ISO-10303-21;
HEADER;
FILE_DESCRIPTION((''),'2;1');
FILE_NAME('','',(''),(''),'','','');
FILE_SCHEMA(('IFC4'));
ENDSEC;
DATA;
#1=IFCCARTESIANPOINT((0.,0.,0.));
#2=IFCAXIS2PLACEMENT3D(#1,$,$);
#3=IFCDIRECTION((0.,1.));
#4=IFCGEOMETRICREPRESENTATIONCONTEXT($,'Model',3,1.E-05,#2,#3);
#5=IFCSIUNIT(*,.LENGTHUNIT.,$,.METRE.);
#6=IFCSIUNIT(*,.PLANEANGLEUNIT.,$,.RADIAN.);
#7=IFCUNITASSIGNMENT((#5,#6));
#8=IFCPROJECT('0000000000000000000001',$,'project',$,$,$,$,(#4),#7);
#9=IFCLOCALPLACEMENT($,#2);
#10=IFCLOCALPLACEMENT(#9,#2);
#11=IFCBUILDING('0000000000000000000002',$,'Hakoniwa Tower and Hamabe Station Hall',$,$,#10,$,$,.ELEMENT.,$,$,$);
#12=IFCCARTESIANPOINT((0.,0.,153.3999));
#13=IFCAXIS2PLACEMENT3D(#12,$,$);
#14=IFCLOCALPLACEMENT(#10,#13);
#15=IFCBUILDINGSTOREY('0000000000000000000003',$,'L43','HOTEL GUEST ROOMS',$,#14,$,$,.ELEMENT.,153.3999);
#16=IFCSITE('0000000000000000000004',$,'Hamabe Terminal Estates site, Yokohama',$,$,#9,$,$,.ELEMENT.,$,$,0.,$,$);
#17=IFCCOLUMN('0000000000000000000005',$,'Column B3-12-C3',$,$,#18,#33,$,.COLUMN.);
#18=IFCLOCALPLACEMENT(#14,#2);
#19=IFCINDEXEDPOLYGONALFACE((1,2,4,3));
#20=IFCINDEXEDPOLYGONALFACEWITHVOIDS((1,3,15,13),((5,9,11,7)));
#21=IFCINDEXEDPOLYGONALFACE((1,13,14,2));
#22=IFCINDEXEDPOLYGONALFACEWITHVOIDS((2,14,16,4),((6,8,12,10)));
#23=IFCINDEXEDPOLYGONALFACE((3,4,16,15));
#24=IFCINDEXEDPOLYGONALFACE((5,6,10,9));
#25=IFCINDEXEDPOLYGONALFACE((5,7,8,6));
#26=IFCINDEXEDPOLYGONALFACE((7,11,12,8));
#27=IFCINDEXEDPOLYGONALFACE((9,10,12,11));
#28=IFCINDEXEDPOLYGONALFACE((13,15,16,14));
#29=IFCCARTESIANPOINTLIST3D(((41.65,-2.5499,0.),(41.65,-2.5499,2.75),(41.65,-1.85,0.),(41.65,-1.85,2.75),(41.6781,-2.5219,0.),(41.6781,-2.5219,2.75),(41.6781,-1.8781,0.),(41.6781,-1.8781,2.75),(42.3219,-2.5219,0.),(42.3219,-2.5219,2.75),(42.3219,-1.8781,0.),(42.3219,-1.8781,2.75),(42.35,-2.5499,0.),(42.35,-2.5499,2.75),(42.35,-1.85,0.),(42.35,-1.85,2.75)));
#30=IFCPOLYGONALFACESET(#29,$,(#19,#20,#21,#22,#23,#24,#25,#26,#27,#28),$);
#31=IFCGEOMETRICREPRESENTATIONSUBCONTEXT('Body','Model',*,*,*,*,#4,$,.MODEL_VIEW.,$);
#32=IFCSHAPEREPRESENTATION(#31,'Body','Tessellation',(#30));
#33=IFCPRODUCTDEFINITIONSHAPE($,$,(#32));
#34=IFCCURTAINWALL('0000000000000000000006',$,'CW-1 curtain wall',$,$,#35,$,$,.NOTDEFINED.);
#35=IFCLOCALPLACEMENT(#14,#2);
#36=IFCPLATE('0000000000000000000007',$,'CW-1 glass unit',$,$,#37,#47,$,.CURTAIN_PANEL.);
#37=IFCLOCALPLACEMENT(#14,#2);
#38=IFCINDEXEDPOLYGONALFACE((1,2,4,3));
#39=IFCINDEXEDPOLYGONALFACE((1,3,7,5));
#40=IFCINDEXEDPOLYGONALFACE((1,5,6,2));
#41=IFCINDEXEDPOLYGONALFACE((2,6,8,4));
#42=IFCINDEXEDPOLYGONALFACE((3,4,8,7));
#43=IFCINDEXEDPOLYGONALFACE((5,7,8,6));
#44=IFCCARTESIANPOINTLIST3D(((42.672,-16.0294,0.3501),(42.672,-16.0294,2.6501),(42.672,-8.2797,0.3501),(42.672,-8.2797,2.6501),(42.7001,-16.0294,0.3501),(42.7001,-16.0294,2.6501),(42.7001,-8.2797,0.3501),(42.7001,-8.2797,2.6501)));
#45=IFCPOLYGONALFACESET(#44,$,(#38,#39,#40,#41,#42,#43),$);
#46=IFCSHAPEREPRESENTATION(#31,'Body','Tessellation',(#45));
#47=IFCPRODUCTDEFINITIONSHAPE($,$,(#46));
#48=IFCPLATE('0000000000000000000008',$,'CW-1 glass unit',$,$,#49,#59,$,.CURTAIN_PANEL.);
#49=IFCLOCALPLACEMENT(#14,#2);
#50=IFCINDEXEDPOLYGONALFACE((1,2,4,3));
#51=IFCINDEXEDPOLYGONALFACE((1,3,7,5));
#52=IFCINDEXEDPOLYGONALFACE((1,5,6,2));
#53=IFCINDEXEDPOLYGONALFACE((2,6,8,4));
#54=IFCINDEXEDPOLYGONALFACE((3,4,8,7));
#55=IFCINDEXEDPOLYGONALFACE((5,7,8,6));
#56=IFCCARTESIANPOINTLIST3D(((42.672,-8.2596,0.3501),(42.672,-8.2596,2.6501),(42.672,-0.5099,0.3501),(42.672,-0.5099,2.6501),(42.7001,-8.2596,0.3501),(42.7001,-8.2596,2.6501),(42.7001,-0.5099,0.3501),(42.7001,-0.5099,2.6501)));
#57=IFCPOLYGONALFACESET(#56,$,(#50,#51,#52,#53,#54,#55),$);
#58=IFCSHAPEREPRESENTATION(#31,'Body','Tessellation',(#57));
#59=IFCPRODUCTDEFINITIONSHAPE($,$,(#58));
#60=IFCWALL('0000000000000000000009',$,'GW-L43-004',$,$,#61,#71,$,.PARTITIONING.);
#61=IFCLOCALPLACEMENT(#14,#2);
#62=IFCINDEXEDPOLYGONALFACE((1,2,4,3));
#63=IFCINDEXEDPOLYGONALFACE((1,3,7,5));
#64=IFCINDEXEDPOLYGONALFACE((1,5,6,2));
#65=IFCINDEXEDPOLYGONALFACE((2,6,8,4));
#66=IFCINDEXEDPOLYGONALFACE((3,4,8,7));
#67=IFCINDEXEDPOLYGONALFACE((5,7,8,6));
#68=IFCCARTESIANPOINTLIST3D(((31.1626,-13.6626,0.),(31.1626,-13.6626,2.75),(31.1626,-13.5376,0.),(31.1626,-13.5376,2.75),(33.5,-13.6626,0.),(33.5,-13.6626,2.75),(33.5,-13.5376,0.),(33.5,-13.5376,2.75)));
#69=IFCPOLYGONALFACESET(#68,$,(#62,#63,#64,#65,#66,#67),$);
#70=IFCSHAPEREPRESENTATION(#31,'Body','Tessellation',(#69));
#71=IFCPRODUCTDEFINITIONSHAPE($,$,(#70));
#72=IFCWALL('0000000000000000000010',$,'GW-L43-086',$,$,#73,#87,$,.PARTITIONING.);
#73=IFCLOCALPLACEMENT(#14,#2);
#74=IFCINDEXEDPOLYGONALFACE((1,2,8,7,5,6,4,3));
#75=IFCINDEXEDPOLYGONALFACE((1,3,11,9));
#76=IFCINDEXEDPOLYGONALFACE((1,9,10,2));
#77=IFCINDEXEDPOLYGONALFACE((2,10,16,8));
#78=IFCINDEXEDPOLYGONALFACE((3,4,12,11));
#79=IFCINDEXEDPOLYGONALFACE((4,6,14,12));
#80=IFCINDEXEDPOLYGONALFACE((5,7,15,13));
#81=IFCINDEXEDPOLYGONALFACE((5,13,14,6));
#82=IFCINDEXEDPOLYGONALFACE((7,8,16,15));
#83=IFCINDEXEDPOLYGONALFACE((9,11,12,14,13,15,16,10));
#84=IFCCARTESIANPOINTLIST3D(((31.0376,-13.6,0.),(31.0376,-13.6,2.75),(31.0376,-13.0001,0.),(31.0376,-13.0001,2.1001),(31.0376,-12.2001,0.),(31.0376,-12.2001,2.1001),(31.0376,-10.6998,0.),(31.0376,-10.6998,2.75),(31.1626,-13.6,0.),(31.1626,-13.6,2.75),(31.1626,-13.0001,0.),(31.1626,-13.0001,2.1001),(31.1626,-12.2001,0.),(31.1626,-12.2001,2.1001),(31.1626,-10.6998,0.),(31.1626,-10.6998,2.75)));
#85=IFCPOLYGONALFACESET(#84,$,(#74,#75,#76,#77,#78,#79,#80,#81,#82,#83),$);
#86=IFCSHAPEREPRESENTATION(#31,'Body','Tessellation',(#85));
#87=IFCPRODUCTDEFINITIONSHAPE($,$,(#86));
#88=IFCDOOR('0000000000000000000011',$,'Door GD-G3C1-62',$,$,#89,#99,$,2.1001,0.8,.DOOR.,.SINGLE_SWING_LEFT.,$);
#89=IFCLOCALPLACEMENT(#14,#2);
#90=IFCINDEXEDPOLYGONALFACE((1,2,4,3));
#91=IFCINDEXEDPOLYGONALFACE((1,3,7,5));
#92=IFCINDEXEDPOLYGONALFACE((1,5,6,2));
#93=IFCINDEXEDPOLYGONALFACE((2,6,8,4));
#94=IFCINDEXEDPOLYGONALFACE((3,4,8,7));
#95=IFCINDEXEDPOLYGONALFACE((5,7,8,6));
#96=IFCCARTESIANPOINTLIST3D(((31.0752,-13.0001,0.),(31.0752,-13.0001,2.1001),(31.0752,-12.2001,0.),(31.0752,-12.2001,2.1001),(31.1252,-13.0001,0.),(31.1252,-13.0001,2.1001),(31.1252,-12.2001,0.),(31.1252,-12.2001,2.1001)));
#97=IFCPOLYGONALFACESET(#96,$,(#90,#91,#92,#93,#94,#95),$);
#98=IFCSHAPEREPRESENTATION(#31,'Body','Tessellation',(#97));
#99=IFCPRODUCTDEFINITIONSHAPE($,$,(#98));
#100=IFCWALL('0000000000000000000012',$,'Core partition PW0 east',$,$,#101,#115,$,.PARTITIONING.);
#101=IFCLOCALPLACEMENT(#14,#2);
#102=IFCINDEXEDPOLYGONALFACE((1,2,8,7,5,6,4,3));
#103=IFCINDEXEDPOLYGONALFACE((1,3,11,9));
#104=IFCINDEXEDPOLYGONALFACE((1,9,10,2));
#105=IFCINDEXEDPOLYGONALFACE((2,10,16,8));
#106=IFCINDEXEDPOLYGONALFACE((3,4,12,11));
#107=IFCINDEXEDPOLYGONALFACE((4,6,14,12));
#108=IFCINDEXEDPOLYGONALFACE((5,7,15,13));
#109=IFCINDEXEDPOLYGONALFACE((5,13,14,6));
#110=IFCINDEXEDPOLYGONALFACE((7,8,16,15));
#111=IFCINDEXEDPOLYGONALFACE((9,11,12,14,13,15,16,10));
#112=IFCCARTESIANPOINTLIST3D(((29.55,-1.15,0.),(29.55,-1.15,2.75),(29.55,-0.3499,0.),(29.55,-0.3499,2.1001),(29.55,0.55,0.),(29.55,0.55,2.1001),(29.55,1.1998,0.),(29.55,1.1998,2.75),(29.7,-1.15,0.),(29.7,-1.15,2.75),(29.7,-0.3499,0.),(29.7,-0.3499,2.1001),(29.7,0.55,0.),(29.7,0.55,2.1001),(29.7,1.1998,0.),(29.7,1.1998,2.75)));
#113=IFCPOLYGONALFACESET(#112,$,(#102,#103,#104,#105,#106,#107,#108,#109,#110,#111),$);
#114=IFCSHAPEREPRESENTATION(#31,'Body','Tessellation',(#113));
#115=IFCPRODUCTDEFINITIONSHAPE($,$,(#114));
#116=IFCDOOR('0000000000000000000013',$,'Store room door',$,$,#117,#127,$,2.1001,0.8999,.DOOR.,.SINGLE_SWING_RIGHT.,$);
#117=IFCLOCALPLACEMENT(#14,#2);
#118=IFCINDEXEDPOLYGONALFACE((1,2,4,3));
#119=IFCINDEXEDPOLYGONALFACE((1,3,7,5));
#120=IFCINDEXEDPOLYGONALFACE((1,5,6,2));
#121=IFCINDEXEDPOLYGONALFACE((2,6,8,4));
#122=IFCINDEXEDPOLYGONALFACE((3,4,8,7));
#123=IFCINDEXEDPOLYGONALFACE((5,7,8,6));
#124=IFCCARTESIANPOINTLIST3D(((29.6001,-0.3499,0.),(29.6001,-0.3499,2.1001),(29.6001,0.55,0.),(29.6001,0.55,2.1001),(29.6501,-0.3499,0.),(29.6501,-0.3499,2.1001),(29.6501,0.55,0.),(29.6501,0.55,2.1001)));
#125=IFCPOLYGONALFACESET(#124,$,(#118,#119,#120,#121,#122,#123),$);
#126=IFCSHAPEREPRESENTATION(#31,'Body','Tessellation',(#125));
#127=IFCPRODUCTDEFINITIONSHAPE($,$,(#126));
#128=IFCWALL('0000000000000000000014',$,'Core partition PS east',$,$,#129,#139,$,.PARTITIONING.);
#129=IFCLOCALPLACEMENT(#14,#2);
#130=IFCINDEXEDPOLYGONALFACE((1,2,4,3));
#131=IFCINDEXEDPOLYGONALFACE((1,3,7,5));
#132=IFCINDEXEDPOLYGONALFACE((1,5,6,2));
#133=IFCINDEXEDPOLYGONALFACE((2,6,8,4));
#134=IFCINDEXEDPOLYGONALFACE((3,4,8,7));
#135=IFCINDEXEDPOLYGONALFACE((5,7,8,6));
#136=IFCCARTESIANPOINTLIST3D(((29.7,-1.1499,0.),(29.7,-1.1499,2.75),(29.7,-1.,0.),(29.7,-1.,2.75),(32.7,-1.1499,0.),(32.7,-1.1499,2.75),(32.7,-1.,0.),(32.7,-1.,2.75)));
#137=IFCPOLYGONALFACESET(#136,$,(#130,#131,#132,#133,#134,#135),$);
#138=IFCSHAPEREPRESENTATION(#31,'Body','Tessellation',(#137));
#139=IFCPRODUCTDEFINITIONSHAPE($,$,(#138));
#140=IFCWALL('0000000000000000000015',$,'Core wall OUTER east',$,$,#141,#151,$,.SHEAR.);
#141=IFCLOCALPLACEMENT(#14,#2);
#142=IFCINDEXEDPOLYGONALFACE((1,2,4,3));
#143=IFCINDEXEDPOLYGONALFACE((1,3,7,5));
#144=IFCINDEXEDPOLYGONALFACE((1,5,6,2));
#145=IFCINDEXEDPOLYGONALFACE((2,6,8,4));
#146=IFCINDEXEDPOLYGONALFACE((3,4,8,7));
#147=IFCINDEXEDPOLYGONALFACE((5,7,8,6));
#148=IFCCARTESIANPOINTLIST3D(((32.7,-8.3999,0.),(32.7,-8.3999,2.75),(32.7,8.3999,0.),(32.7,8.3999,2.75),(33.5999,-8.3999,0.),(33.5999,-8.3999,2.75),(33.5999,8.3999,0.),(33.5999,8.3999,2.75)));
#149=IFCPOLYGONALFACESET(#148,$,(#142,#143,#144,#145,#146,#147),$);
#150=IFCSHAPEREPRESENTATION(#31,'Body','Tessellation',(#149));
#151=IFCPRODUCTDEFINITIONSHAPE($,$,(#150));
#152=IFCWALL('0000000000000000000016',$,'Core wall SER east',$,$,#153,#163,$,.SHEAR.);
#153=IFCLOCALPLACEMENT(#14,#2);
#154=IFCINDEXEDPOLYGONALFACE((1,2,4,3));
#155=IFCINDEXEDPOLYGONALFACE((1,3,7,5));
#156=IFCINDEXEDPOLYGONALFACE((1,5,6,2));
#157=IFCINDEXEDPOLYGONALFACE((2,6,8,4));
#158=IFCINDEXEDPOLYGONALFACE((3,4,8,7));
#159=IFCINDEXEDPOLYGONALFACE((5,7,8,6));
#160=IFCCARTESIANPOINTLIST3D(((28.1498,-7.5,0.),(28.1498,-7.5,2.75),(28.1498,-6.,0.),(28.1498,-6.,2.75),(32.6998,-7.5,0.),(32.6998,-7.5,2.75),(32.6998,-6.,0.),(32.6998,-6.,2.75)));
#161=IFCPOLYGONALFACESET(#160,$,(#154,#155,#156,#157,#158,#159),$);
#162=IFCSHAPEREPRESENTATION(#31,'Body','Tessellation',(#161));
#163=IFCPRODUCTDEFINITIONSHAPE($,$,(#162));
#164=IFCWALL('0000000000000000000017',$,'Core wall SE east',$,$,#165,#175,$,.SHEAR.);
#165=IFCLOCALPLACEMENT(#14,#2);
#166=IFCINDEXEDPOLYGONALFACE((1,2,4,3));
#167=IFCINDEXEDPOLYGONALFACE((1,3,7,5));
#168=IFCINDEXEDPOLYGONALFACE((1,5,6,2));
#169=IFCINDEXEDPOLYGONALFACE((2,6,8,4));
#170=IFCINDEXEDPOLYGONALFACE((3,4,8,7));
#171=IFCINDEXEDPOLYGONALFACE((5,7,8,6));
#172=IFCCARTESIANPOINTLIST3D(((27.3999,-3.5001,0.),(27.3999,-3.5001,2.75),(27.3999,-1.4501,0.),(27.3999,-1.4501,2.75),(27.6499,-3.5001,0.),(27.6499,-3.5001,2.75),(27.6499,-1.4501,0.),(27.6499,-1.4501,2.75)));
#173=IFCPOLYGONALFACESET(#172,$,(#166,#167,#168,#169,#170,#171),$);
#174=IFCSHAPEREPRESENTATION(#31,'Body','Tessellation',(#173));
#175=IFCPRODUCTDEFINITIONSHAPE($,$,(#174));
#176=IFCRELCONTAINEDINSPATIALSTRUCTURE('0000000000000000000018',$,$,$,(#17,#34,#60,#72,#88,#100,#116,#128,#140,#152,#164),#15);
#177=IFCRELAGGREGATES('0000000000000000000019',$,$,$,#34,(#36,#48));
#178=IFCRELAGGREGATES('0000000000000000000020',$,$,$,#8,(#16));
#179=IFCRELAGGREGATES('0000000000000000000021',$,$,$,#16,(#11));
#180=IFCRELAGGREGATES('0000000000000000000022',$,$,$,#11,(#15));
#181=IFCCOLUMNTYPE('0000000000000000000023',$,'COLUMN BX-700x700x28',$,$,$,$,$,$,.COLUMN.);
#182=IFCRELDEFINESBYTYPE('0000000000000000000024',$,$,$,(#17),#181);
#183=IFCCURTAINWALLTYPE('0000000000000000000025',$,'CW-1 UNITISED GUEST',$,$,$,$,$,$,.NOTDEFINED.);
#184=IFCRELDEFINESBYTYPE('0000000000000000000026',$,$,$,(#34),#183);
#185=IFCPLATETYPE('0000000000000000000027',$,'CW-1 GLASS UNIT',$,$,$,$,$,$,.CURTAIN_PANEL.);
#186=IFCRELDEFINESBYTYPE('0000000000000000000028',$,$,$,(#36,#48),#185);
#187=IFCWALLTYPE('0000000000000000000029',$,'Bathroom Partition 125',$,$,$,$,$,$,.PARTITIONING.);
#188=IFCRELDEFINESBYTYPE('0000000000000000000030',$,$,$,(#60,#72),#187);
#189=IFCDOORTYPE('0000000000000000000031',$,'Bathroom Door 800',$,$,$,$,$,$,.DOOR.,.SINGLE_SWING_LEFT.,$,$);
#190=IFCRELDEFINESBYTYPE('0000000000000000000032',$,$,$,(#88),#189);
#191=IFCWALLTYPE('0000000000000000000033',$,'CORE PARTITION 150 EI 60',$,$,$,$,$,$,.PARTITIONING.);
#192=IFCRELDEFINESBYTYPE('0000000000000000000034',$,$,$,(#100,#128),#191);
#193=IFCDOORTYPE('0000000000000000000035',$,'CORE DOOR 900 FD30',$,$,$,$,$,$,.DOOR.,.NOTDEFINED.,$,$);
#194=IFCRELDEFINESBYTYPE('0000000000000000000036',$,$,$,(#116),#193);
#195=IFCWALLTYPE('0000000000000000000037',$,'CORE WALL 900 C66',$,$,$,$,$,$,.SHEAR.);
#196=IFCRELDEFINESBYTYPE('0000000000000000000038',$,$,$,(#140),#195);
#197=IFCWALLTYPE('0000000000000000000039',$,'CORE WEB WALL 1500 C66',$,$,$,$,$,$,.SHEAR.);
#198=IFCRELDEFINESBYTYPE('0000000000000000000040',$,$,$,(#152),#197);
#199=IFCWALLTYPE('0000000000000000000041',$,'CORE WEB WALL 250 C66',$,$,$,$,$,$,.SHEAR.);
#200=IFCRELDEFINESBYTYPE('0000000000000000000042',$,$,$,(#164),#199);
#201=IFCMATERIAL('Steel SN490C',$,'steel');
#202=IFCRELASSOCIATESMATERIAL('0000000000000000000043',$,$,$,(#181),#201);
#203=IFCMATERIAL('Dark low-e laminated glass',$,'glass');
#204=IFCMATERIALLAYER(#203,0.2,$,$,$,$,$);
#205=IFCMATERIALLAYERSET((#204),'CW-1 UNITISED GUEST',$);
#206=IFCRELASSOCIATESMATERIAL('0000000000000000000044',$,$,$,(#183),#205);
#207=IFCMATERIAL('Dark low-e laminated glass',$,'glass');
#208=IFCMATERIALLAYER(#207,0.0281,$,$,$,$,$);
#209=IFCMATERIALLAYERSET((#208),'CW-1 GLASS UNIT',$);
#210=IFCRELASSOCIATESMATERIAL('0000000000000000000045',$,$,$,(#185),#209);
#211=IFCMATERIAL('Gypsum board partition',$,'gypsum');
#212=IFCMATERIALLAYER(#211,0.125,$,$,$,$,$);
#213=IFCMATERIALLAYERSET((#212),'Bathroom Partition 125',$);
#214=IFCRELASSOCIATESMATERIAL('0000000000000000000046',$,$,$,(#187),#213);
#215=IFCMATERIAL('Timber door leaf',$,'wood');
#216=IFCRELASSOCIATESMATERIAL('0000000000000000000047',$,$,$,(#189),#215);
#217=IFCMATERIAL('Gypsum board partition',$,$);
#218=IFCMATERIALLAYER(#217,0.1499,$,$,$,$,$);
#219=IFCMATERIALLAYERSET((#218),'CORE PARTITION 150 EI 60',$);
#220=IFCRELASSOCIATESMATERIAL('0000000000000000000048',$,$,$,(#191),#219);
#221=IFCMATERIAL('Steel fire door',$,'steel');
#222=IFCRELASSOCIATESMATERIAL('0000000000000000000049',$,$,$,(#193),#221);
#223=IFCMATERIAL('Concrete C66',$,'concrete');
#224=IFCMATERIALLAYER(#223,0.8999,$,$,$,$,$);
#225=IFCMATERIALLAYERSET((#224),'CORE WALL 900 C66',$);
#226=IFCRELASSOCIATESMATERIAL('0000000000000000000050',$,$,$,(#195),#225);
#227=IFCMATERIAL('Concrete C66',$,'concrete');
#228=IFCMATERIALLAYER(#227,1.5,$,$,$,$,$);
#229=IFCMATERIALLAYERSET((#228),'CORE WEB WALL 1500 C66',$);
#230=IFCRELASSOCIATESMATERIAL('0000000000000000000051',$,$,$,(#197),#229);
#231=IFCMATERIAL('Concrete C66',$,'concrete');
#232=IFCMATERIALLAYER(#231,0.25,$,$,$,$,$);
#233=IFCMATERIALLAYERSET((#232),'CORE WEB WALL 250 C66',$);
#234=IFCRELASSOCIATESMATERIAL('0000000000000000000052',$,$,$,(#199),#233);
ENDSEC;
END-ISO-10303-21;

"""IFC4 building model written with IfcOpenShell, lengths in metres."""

from ifc_helpers import new_model, si_unit, direction, frame, frame_2d, origin, origin_2d, place, context, subcontext, project, spatial, rectangle, hollow_rectangle, extrude, material, layer, layer_set, material_profile, profile_set, type_object, element, fill, aggregate, save


model = new_model("IFC4")

# Units and contexts
model_context = context("Model", 3, precision=1e-05, world=origin(), true_north=direction((0.0, 1.0)))
body_context = subcontext(model_context, "Body", "Model", "MODEL_VIEW")
ifc_project = project(units=[si_unit("LENGTHUNIT", "METRE"), si_unit("PLANEANGLEUNIT", "RADIAN")], contexts=[model_context])

# Site, building, storey
site_placement = place(None, origin())
site = spatial("IfcSite", under=ifc_project, at=site_placement, Name="Hamabe Terminal Estates site, Yokohama", CompositionType="ELEMENT", RefElevation=0.0)
building_placement = place(site_placement, origin())
building = spatial("IfcBuilding", under=site, at=building_placement, Name="Hakoniwa Tower and Hamabe Station Hall", CompositionType="ELEMENT")
storey_placement = place(building_placement, frame((0.0, 0.0, 153.3999)))
storey = spatial("IfcBuildingStorey", under=building, at=storey_placement, Name="L43", Description="HOTEL GUEST ROOMS", CompositionType="ELEMENT", Elevation=153.3999)

# Column
ifc_material_1 = material(Name="Steel SN490C", Category="steel")
ifc_material_profile = material_profile(ifc_material_1, hollow_rectangle(XDim=0.7, YDim=0.7, WallThickness=0.0281, at=origin_2d()), Name="BX-700x700x28")
ifc_profile_set = profile_set([ifc_material_profile], Name="Steel SN490C")
column_type = type_object("IfcColumnType", Name="COLUMN BX-700x700x28", PredefinedType="COLUMN", material=ifc_profile_set)
column_placement = place(storey_placement, frame((42.0, -2.2, 0.0), z_axis=(0.0, 0.0, 1.0), x_axis=(1.0, 0.0, 0.0)))
element("IfcColumn", 1, at=column_placement, inside=storey, type_object=column_type, Name="Column B3-12-C3", PredefinedType="COLUMN", context=body_context, shape_type="SweptSolid", body=[
    extrude(hollow_rectangle(XDim=0.7, YDim=0.7, WallThickness=0.0281, at=origin_2d()), origin(), (0.0, 0.0, 1.0), 2.75),
])

# Curtain wall, plates
ifc_material_2 = material(Name="Dark low-e laminated glass", Category="glass")
ifc_layer_1 = layer(ifc_material_2, 0.2)
ifc_layer_set_1 = layer_set([ifc_layer_1], Name="CW-1 UNITISED GUEST")
curtain_wall_type = type_object("IfcCurtainWallType", Name="CW-1 UNITISED GUEST", PredefinedType="NOTDEFINED", material=ifc_layer_set_1)
curtain_wall_placement = place(storey_placement, origin())
curtain_wall = element("IfcCurtainWall", 2, at=curtain_wall_placement, inside=storey, type_object=curtain_wall_type, Name="CW-1 curtain wall", PredefinedType="NOTDEFINED")
ifc_material_3 = material(Name="Dark low-e laminated glass", Category="glass")
ifc_layer_2 = layer(ifc_material_3, 0.0281)
ifc_layer_set_2 = layer_set([ifc_layer_2], Name="CW-1 GLASS UNIT")
plate_type = type_object("IfcPlateType", Name="CW-1 GLASS UNIT", PredefinedType="CURTAIN_PANEL", material=ifc_layer_set_2)
plate_1_placement = place(storey_placement, frame((42.686, -12.1545, 0.3501), z_axis=(0.0, 0.0, 1.0), x_axis=(0.0, 1.0, 0.0)))
plate_1 = element("IfcPlate", 3, at=plate_1_placement, type_object=plate_type, Name="CW-1 glass unit", PredefinedType="CURTAIN_PANEL", context=body_context, shape_type="SweptSolid", body=[
    extrude(rectangle(XDim=7.7498, YDim=0.0281, at=origin_2d()), origin(), (0.0, 0.0, 1.0), 2.3),
])
plate_2_placement = place(storey_placement, frame((42.686, -4.3848, 0.3501), z_axis=(0.0, 0.0, 1.0), x_axis=(0.0, 1.0, 0.0)))
plate_2 = element("IfcPlate", 4, at=plate_2_placement, type_object=plate_type, Name="CW-1 glass unit", PredefinedType="CURTAIN_PANEL", context=body_context, shape_type="SweptSolid", body=[
    extrude(rectangle(XDim=7.7498, YDim=0.0281, at=origin_2d()), origin(), (0.0, 0.0, 1.0), 2.3),
])
aggregate(curtain_wall, [plate_1, plate_2])

# Wall
ifc_material_4 = material(Name="Gypsum board partition", Category="gypsum")
ifc_layer_3 = layer(ifc_material_4, 0.125)
ifc_layer_set_3 = layer_set([ifc_layer_3], Name="Bathroom Partition 125")
wall_type_1 = type_object("IfcWallType", Name="Bathroom Partition 125", PredefinedType="PARTITIONING", material=ifc_layer_set_3)
wall_1_placement = place(storey_placement, frame((31.1626, -13.6001, 0.0), z_axis=(0.0, 0.0, 1.0), x_axis=(1.0, 0.0, 0.0)))
element("IfcWall", 5, at=wall_1_placement, inside=storey, type_object=wall_type_1, Name="GW-L43-004", PredefinedType="PARTITIONING", context=body_context, shape_type="SweptSolid", body=[
    extrude(rectangle(XDim=2.3374, YDim=0.125, at=frame_2d((1.1687, 0.0))), origin(), (0.0, 0.0, 1.0), 2.75),
])

# Walls, openings, doors
wall_2_placement = place(storey_placement, frame((31.1001, -13.6001, 0.0), z_axis=(0.0, 0.0, 1.0), x_axis=(0.0, 1.0, 0.0)))
wall_2 = element("IfcWall", 6, at=wall_2_placement, inside=storey, type_object=wall_type_1, Name="GW-L43-086", PredefinedType="PARTITIONING", context=body_context, shape_type="SweptSolid", body=[
    extrude(rectangle(XDim=2.9001, YDim=0.125, at=frame_2d((1.4502, 0.0))), origin(), (0.0, 0.0, 1.0), 2.75),
])
opening_1_placement = place(wall_2_placement, frame((0.6001, 0.0, 0.0)))
opening_1 = element("IfcOpeningElement", 7, at=opening_1_placement, cuts=wall_2, PredefinedType="OPENING", context=body_context, shape_type="SweptSolid", body=[
    extrude(rectangle(XDim=0.8, YDim=2.1001, at=frame_2d((0.3999, 1.05))), frame((0.0, 0.0725, 0.0), z_axis=(0.0, -1.0, 0.0), x_axis=(1.0, 0.0, 0.0)), (0.0, 0.0, 1.0), 0.145),
])
ifc_material_5 = material(Name="Timber door leaf", Category="wood")
door_type_1 = type_object("IfcDoorType", Name="Bathroom Door 800", OperationType="SINGLE_SWING_LEFT", PredefinedType="DOOR", material=ifc_material_5)
door_1_placement = place(opening_1_placement, origin())
door_1 = element("IfcDoor", 8, at=door_1_placement, inside=storey, type_object=door_type_1, Name="Door GD-G3C1-62", OperationType="SINGLE_SWING_LEFT", OverallHeight=2.1001, OverallWidth=0.8, PredefinedType="DOOR", context=body_context, shape_type="SweptSolid", body=[
    extrude(rectangle(XDim=0.8, YDim=2.1001, at=frame_2d((0.3999, 1.05))), frame((0.0, 0.0249, 0.0), z_axis=(0.0, -1.0, 0.0), x_axis=(1.0, 0.0, 0.0)), (0.0, 0.0, 1.0), 0.05),
])
fill(opening_1, door_1)
ifc_material_6 = material(Name="Gypsum board partition")
ifc_layer_4 = layer(ifc_material_6, 0.1499)
ifc_layer_set_4 = layer_set([ifc_layer_4], Name="CORE PARTITION 150 EI 60")
wall_type_2 = type_object("IfcWallType", Name="CORE PARTITION 150 EI 60", PredefinedType="PARTITIONING", material=ifc_layer_set_4)
wall_3_placement = place(storey_placement, frame((29.625, -1.1499, 0.0), z_axis=(0.0, 0.0, 1.0), x_axis=(0.0, 1.0, 0.0)))
wall_3 = element("IfcWall", 9, at=wall_3_placement, inside=storey, type_object=wall_type_2, Name="Core partition PW0 east", PredefinedType="PARTITIONING", context=body_context, shape_type="SweptSolid", body=[
    extrude(rectangle(XDim=2.3499, YDim=0.1499, at=frame_2d((1.1748, 0.0))), origin(), (0.0, 0.0, 1.0), 2.75),
])
opening_2_placement = place(wall_3_placement, frame((0.8, 0.0, 0.0)))
opening_2 = element("IfcOpeningElement", 10, at=opening_2_placement, cuts=wall_3, PredefinedType="OPENING", context=body_context, shape_type="SweptSolid", body=[
    extrude(rectangle(XDim=0.8999, YDim=2.1001, at=frame_2d((0.45, 1.05))), frame((0.0, 0.085, 0.0), z_axis=(0.0, -1.0, 0.0), x_axis=(1.0, 0.0, 0.0)), (0.0, 0.0, 1.0), 0.1699),
])
ifc_material_7 = material(Name="Steel fire door", Category="steel")
door_type_2 = type_object("IfcDoorType", Name="CORE DOOR 900 FD30", OperationType="NOTDEFINED", PredefinedType="DOOR", material=ifc_material_7)
door_2_placement = place(opening_2_placement, origin())
door_2 = element("IfcDoor", 11, at=door_2_placement, inside=storey, type_object=door_type_2, Name="Store room door", OperationType="SINGLE_SWING_RIGHT", OverallHeight=2.1001, OverallWidth=0.8999, PredefinedType="DOOR", context=body_context, shape_type="SweptSolid", body=[
    extrude(rectangle(XDim=0.8999, YDim=2.1001, at=frame_2d((0.45, 1.05))), frame((0.0, 0.0249, 0.0), z_axis=(0.0, -1.0, 0.0), x_axis=(1.0, 0.0, 0.0)), (0.0, 0.0, 1.0), 0.05),
])
fill(opening_2, door_2)

# Walls
wall_4_placement = place(storey_placement, frame((29.7, -1.075, 0.0), z_axis=(0.0, 0.0, 1.0), x_axis=(1.0, 0.0, 0.0)))
element("IfcWall", 12, at=wall_4_placement, inside=storey, type_object=wall_type_2, Name="Core partition PS east", PredefinedType="PARTITIONING", context=body_context, shape_type="SweptSolid", body=[
    extrude(rectangle(XDim=3.0, YDim=0.1499, at=frame_2d((1.5, 0.0))), origin(), (0.0, 0.0, 1.0), 2.75),
])
ifc_material_8 = material(Name="Concrete C66", Category="concrete")
ifc_layer_5 = layer(ifc_material_8, 0.8999)
ifc_layer_set_5 = layer_set([ifc_layer_5], Name="CORE WALL 900 C66")
wall_type_3 = type_object("IfcWallType", Name="CORE WALL 900 C66", PredefinedType="SHEAR", material=ifc_layer_set_5)
wall_5_placement = place(storey_placement, frame((33.1499, -8.3999, 0.0), z_axis=(0.0, 0.0, 1.0), x_axis=(0.0, 1.0, 0.0)))
element("IfcWall", 13, at=wall_5_placement, inside=storey, type_object=wall_type_3, Name="Core wall OUTER east", PredefinedType="SHEAR", context=body_context, shape_type="SweptSolid", body=[
    extrude(rectangle(XDim=16.7998, YDim=0.8999, at=frame_2d((8.3999, 0.0))), origin(), (0.0, 0.0, 1.0), 2.75),
])
ifc_material_9 = material(Name="Concrete C66", Category="concrete")
ifc_layer_6 = layer(ifc_material_9, 1.5)
ifc_layer_set_6 = layer_set([ifc_layer_6], Name="CORE WEB WALL 1500 C66")
wall_type_4 = type_object("IfcWallType", Name="CORE WEB WALL 1500 C66", PredefinedType="SHEAR", material=ifc_layer_set_6)
wall_6_placement = place(storey_placement, frame((28.1499, -6.75, 0.0), z_axis=(0.0, 0.0, 1.0), x_axis=(1.0, 0.0, 0.0)))
element("IfcWall", 14, at=wall_6_placement, inside=storey, type_object=wall_type_4, Name="Core wall SER east", PredefinedType="SHEAR", context=body_context, shape_type="SweptSolid", body=[
    extrude(rectangle(XDim=4.55, YDim=1.5, at=frame_2d((2.2749, 0.0))), origin(), (0.0, 0.0, 1.0), 2.75),
])
ifc_material_10 = material(Name="Concrete C66", Category="concrete")
ifc_layer_7 = layer(ifc_material_10, 0.25)
ifc_layer_set_7 = layer_set([ifc_layer_7], Name="CORE WEB WALL 250 C66")
wall_type_5 = type_object("IfcWallType", Name="CORE WEB WALL 250 C66", PredefinedType="SHEAR", material=ifc_layer_set_7)
wall_7_placement = place(storey_placement, frame((27.5249, -3.5, 0.0), z_axis=(0.0, 0.0, 1.0), x_axis=(0.0, 1.0, 0.0)))
element("IfcWall", 15, at=wall_7_placement, inside=storey, type_object=wall_type_5, Name="Core wall SE east", PredefinedType="SHEAR", context=body_context, shape_type="SweptSolid", body=[
    extrude(rectangle(XDim=2.05, YDim=0.25, at=frame_2d((1.0249, 0.0))), origin(), (0.0, 0.0, 1.0), 2.75),
])

save(model, "model.ifc")
